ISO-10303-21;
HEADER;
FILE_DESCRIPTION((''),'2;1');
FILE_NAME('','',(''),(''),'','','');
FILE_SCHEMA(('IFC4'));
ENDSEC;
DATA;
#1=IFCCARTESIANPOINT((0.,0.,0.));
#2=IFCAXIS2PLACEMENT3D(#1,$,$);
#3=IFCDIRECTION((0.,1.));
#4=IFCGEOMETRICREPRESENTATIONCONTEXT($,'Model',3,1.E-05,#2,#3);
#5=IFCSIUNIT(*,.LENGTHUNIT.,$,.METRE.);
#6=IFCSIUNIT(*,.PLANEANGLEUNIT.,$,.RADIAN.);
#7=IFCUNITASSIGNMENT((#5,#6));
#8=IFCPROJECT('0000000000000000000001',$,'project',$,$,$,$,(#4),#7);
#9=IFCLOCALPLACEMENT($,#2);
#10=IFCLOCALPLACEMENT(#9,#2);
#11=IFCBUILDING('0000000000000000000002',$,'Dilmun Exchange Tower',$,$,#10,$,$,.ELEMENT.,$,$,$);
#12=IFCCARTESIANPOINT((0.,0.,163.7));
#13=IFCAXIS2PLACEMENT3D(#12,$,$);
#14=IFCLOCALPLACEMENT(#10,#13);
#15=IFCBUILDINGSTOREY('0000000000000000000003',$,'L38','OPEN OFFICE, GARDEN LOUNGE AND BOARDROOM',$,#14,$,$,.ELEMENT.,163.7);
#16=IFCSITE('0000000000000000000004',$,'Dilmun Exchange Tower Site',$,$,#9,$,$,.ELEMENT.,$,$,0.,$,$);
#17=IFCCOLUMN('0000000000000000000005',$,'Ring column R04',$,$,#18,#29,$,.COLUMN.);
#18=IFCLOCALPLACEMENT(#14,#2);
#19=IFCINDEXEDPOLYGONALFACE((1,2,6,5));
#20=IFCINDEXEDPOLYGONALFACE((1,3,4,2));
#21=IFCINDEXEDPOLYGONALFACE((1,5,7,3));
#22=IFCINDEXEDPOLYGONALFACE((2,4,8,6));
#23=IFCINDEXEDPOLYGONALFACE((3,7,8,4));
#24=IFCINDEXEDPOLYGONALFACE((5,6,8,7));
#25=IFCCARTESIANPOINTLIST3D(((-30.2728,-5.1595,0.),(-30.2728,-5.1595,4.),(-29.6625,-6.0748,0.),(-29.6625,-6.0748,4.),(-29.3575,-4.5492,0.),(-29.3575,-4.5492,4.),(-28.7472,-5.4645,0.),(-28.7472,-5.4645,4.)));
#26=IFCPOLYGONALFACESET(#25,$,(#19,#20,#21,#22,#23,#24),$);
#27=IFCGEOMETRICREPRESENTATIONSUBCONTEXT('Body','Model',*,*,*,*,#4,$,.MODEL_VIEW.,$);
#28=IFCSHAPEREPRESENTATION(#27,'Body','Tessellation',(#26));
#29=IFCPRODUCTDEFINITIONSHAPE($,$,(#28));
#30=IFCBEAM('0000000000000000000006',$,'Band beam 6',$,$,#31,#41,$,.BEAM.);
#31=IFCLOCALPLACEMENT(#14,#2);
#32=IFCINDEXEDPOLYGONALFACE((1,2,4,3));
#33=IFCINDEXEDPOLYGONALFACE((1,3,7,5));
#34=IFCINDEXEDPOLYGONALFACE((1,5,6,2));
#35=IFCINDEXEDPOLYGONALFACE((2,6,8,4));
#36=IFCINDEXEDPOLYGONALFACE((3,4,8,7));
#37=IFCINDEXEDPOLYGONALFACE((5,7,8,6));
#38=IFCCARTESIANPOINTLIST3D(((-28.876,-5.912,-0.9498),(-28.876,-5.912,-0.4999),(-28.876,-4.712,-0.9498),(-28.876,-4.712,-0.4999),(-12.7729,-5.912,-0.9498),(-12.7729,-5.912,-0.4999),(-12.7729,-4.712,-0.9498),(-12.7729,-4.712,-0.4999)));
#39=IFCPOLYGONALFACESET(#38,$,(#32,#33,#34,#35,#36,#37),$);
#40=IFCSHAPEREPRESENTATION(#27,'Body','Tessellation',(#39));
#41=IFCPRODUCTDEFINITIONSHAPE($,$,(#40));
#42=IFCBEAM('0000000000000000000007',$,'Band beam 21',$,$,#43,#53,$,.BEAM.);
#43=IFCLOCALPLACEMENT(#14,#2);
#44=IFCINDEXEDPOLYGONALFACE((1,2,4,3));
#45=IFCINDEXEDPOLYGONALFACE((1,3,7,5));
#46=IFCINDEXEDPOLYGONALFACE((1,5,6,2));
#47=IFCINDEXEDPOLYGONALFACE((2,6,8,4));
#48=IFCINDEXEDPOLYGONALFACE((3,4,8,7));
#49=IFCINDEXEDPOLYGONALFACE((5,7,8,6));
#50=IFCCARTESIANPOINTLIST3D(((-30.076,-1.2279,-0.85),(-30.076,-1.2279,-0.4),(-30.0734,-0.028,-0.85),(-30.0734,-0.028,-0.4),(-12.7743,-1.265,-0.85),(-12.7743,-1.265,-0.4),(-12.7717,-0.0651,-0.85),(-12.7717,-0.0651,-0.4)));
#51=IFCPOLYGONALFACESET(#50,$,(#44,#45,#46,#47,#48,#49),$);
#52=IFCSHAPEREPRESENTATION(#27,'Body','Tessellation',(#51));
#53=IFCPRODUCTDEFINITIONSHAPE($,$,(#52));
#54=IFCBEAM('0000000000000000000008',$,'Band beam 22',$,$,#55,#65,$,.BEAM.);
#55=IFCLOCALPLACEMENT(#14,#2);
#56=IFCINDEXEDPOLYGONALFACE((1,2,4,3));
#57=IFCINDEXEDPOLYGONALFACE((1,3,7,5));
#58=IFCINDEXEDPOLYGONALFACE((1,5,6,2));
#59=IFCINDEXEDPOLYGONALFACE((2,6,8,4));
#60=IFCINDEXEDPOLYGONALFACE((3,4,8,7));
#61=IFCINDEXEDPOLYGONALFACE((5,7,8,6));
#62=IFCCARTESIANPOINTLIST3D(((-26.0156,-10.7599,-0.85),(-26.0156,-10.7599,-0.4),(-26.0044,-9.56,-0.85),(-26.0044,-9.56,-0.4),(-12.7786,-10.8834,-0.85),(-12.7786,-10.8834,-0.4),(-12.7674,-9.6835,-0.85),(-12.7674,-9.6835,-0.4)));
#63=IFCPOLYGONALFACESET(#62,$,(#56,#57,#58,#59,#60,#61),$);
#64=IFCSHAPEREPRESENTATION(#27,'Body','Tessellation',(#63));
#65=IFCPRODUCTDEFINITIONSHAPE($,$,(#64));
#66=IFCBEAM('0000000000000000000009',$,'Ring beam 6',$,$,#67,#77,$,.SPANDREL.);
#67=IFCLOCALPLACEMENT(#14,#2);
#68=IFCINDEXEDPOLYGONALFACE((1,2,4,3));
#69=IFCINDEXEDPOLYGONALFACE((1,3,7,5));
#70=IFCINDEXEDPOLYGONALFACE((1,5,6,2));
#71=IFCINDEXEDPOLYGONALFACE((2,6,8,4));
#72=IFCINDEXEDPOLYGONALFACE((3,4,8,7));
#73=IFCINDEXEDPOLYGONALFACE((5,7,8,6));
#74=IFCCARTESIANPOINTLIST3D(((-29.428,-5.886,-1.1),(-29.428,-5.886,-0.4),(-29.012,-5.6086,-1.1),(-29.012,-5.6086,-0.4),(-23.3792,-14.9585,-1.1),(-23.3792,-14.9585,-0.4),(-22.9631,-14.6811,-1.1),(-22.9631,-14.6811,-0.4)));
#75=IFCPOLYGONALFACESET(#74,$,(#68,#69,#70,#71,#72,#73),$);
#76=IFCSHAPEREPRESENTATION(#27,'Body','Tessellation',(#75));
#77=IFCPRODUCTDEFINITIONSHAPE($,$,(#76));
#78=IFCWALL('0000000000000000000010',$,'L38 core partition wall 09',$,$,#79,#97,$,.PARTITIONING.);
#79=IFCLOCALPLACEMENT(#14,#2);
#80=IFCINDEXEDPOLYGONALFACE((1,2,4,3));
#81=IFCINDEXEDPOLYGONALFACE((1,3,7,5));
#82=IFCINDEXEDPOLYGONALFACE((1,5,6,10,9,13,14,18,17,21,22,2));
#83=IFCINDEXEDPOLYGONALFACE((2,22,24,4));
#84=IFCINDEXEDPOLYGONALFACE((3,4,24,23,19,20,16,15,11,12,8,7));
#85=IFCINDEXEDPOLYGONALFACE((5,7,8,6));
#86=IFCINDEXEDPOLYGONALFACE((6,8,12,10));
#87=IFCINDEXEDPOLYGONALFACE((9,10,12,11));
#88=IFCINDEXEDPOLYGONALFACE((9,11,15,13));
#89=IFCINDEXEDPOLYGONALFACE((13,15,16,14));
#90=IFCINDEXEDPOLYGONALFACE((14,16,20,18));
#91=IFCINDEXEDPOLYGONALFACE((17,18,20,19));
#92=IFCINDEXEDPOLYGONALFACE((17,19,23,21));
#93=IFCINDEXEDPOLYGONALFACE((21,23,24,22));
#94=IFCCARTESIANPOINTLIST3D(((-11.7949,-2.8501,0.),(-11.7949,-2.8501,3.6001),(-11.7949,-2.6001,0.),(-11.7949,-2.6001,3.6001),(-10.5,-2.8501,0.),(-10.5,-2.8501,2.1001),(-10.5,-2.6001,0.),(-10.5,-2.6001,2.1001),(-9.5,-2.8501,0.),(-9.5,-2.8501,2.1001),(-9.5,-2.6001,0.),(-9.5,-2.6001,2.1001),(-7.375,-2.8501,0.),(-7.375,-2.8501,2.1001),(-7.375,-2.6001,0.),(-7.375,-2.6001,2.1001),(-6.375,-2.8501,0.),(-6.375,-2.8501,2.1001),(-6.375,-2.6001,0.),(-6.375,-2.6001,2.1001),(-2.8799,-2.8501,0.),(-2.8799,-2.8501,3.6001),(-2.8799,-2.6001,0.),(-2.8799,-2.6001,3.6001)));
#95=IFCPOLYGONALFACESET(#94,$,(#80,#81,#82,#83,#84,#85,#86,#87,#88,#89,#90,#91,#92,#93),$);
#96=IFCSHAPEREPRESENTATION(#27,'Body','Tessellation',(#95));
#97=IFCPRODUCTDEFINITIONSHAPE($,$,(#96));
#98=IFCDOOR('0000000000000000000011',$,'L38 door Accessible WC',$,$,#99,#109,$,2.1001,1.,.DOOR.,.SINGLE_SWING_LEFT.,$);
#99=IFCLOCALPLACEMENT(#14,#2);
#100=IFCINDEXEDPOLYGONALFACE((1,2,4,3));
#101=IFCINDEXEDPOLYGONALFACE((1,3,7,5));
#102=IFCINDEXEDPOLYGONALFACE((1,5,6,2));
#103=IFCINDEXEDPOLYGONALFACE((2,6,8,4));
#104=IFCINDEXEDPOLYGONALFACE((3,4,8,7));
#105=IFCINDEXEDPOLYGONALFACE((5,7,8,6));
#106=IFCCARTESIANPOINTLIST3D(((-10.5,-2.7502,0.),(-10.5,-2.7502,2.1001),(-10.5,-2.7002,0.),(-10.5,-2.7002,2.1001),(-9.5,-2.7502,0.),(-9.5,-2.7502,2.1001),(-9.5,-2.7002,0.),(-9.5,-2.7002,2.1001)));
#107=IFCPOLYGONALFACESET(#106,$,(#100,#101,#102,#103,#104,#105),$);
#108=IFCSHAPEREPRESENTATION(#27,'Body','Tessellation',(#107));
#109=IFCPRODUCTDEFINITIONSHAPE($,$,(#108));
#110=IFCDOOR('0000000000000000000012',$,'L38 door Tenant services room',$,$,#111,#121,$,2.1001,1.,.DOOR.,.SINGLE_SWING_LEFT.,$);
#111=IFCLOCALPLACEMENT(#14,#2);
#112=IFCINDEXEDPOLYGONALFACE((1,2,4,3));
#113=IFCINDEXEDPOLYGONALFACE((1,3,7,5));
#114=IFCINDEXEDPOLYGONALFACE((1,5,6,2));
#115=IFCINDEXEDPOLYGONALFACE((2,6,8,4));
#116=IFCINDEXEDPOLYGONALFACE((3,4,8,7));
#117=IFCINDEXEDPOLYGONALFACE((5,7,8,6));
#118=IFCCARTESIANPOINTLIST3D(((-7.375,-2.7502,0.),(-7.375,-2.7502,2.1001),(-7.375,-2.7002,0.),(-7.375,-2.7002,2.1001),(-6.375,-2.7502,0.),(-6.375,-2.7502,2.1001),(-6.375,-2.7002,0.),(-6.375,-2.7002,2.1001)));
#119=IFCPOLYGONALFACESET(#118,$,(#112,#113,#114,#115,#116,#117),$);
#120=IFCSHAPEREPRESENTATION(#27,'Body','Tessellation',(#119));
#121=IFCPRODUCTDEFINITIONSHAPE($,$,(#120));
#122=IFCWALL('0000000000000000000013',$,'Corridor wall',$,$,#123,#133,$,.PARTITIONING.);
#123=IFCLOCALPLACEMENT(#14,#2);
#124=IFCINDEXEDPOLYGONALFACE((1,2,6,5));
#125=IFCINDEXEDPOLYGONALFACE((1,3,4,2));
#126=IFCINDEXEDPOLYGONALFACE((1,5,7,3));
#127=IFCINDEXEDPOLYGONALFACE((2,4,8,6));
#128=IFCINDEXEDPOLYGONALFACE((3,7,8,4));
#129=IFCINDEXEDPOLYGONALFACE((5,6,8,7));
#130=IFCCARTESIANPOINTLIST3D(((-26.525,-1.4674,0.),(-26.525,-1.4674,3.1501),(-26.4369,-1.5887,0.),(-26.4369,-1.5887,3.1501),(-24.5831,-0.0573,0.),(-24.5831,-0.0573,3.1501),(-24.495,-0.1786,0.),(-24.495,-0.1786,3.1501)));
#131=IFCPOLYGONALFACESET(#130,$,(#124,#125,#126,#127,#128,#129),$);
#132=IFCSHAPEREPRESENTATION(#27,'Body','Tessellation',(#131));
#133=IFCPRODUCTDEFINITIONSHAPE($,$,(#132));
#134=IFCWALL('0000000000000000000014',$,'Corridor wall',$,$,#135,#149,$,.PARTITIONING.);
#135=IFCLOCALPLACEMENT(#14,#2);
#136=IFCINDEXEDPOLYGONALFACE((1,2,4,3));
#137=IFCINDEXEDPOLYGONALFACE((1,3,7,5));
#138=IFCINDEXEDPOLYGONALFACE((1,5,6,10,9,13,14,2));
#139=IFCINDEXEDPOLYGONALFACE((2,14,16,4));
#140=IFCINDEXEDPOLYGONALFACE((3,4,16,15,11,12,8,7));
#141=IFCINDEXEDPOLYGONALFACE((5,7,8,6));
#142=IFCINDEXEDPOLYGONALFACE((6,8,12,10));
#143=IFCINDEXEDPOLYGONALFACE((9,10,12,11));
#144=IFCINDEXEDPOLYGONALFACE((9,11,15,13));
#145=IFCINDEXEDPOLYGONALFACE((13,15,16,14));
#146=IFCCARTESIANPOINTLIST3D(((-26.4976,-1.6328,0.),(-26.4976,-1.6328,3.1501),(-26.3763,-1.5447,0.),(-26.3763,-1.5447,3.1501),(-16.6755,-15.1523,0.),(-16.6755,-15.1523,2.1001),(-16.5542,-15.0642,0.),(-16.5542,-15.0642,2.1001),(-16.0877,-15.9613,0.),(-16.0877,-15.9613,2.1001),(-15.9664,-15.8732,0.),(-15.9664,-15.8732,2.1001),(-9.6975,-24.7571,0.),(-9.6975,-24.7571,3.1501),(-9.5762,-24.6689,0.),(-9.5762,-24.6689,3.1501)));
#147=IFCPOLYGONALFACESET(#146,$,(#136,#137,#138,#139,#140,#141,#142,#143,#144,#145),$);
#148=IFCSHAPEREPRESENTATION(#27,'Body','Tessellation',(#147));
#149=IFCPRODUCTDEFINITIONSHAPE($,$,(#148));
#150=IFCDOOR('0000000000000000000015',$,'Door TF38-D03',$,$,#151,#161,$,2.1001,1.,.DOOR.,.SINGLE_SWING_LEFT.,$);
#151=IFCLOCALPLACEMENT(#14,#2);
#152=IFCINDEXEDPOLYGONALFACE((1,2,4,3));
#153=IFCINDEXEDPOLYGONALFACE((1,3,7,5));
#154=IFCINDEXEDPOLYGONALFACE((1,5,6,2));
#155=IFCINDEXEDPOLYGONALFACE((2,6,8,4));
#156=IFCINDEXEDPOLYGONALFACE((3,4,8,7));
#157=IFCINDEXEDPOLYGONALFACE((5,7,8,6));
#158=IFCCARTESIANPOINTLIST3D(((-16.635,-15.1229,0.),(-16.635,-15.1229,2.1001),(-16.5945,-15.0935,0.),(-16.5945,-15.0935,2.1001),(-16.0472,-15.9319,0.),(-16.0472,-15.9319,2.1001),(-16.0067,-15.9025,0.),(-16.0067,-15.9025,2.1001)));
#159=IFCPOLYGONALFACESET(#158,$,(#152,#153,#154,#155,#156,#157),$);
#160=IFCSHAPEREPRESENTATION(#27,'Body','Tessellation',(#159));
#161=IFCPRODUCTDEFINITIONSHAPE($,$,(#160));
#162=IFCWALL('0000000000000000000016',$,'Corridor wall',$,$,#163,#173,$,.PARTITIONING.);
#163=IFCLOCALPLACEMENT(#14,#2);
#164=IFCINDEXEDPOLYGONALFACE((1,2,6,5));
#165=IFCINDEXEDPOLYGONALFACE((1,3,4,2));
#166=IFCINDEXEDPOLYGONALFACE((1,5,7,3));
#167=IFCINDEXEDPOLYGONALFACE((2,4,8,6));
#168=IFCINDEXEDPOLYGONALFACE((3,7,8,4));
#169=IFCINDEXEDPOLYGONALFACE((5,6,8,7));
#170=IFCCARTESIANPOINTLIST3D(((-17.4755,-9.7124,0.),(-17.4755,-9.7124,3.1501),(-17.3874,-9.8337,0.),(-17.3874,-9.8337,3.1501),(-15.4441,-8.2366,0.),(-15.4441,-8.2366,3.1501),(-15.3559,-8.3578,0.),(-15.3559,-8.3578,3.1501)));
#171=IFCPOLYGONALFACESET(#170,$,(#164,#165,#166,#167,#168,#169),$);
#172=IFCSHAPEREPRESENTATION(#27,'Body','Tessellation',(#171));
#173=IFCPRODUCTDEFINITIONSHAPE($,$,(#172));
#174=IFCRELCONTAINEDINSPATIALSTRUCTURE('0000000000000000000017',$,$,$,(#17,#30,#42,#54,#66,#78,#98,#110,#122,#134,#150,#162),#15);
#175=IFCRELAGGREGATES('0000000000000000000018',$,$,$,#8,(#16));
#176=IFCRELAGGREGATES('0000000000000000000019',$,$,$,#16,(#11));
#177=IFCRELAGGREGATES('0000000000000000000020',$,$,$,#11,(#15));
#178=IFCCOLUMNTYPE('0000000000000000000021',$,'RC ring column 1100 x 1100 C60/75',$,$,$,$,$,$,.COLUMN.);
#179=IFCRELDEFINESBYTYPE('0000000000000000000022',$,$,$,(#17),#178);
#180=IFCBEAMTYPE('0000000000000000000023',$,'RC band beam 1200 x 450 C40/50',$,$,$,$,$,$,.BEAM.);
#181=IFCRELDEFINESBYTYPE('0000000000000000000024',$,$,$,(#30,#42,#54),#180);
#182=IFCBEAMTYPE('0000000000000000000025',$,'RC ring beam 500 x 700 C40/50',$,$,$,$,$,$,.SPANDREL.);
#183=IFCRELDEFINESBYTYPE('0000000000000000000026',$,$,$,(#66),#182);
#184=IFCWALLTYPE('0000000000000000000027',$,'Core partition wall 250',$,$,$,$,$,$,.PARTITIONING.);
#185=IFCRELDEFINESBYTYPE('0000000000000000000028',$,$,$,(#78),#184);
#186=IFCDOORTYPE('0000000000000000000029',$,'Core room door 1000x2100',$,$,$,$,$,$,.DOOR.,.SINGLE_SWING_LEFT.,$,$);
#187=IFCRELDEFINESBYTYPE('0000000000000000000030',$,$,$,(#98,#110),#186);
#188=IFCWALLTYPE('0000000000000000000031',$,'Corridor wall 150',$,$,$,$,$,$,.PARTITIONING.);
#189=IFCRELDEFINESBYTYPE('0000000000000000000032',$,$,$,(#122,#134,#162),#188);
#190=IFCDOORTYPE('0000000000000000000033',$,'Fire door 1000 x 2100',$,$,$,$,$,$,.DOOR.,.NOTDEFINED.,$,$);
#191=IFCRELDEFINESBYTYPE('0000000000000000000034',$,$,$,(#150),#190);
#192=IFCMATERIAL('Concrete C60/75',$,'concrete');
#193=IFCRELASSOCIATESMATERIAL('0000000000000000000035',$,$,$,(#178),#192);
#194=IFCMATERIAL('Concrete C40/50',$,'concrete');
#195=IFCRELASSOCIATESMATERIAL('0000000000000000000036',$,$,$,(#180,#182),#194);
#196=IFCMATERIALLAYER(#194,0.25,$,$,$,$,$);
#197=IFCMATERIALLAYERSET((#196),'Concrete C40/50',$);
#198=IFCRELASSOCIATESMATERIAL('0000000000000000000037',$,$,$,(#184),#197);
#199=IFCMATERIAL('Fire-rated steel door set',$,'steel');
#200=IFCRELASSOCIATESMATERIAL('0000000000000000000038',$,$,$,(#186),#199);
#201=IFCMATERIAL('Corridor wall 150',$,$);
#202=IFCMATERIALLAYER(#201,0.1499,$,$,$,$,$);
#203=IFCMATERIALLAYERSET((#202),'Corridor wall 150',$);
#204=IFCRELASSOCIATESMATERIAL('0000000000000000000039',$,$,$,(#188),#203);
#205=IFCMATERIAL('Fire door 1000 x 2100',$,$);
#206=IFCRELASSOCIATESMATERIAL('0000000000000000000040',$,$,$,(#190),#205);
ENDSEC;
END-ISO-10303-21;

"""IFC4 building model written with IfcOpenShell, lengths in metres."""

from ifc_helpers import new_model, si_unit, direction, frame, frame_2d, origin, origin_2d, place, context, subcontext, project, spatial, rectangle, extrude, material, layer, layer_set, material_profile, profile_set, type_object, element, fill, save


model = new_model("IFC4")

# Units and contexts
model_context = context("Model", 3, precision=1e-05, world=origin(), true_north=direction((0.0, 1.0)))
body_context = subcontext(model_context, "Body", "Model", "MODEL_VIEW")
ifc_project = project(units=[si_unit("LENGTHUNIT", "METRE"), si_unit("PLANEANGLEUNIT", "RADIAN")], contexts=[model_context])

# Site, building, storey
site_placement = place(None, origin())
site = spatial("IfcSite", under=ifc_project, at=site_placement, Name="Dilmun Exchange Tower Site", CompositionType="ELEMENT", RefElevation=0.0)
building_placement = place(site_placement, origin())
building = spatial("IfcBuilding", under=site, at=building_placement, Name="Dilmun Exchange Tower", CompositionType="ELEMENT")
storey_placement = place(building_placement, frame((0.0, 0.0, 163.7)))
storey = spatial("IfcBuildingStorey", under=building, at=storey_placement, Name="L38", Description="OPEN OFFICE, GARDEN LOUNGE AND BOARDROOM", CompositionType="ELEMENT", Elevation=163.7)

# Column
ifc_material_1 = material(Name="Concrete C60/75", Category="concrete")
ifc_material_profile_1 = material_profile(ifc_material_1, rectangle(XDim=1.1001, YDim=1.1001, at=origin_2d()), Name="1100 x 1100")
ifc_profile_set_1 = profile_set([ifc_material_profile_1], Name="Concrete C60/75")
column_type = type_object("IfcColumnType", Name="RC ring column 1100 x 1100 C60/75", PredefinedType="COLUMN", material=ifc_profile_set_1)
column_placement = place(storey_placement, frame((-29.51, -5.312, 0.0), z_axis=(0.0, 0.0, 1.0), x_axis=(0.832029, 0.554733, 0.0)))
element("IfcColumn", 1, at=column_placement, inside=storey, type_object=column_type, Name="Ring column R04", PredefinedType="COLUMN", context=body_context, shape_type="SweptSolid", body=[
    extrude(rectangle(XDim=1.1001, YDim=1.1001, at=origin_2d()), origin(), (0.0, 0.0, 1.0), 4.0),
])

# Beams
ifc_material_2 = material(Name="Concrete C40/50", Category="concrete")
ifc_material_profile_2 = material_profile(ifc_material_2, rectangle(XDim=1.2, YDim=0.45, at=origin_2d()), Name="1200 x 450")
ifc_profile_set_2 = profile_set([ifc_material_profile_2], Name="Concrete C40/50")
beam_type_1 = type_object("IfcBeamType", Name="RC band beam 1200 x 450 C40/50", PredefinedType="BEAM", material=ifc_profile_set_2)
beam_1_placement = place(storey_placement, frame((-28.876, -5.312, -0.7249), z_axis=(1.0, 0.0, 0.0), x_axis=(0.0, 1.0, 0.0)))
element("IfcBeam", 2, at=beam_1_placement, inside=storey, type_object=beam_type_1, Name="Band beam 6", PredefinedType="BEAM", context=body_context, shape_type="SweptSolid", body=[
    extrude(rectangle(XDim=1.2, YDim=0.45, at=origin_2d()), origin(), (0.0, 0.0, 1.0), 16.103),
])
beam_2_placement = place(storey_placement, frame((-30.0747, -0.6279, -0.625), z_axis=(0.999998, -0.002145, 0.0), x_axis=(0.002145, 0.999998, 0.0)))
element("IfcBeam", 3, at=beam_2_placement, inside=storey, type_object=beam_type_1, Name="Band beam 21", PredefinedType="BEAM", context=body_context, shape_type="SweptSolid", body=[
    extrude(rectangle(XDim=1.2, YDim=0.45, at=origin_2d()), origin(), (0.0, 0.0, 1.0), 17.3018),
])
beam_3_placement = place(storey_placement, frame((-26.01, -10.1599, -0.625), z_axis=(0.999956, -0.009332, 0.0), x_axis=(0.009332, 0.999956, 0.0)))
element("IfcBeam", 4, at=beam_3_placement, inside=storey, type_object=beam_type_1, Name="Band beam 22", PredefinedType="BEAM", context=body_context, shape_type="SweptSolid", body=[
    extrude(rectangle(XDim=1.2, YDim=0.45, at=origin_2d()), origin(), (0.0, 0.0, 1.0), 13.2375),
])
ifc_material_profile_3 = material_profile(ifc_material_2, rectangle(XDim=0.5, YDim=0.7, at=origin_2d()), Name="500 x 700")
ifc_profile_set_3 = profile_set([ifc_material_profile_3], Name="Concrete C40/50")
beam_type_2 = type_object("IfcBeamType", Name="RC ring beam 500 x 700 C40/50", PredefinedType="SPANDREL", material=ifc_profile_set_3)
beam_4_placement = place(storey_placement, frame((-29.22, -5.7473, -0.75), z_axis=(0.554731, -0.83203, 0.0), x_axis=(0.83203, 0.554731, 0.0)))
element("IfcBeam", 5, at=beam_4_placement, inside=storey, type_object=beam_type_2, Name="Ring beam 6", PredefinedType="SPANDREL", context=body_context, shape_type="SweptSolid", body=[
    extrude(rectangle(XDim=0.5, YDim=0.7, at=origin_2d()), origin(), (0.0, 0.0, 1.0), 10.9041),
])

# Wall, openings, doors
ifc_layer_1 = layer(ifc_material_2, 0.25)
ifc_layer_set_1 = layer_set([ifc_layer_1], Name="Concrete C40/50")
wall_type_1 = type_object("IfcWallType", Name="Core partition wall 250", PredefinedType="PARTITIONING", material=ifc_layer_set_1)
wall_1_placement = place(storey_placement, frame((-11.7949, -2.7251, 0.0), z_axis=(0.0, 0.0, 1.0), x_axis=(1.0, 0.0, 0.0)))
wall_1 = element("IfcWall", 6, at=wall_1_placement, inside=storey, type_object=wall_type_1, Name="L38 core partition wall 09", PredefinedType="PARTITIONING", context=body_context, shape_type="SweptSolid", body=[
    extrude(rectangle(XDim=8.915, YDim=0.25, at=frame_2d((4.4575, 0.0))), origin(), (0.0, 0.0, 1.0), 3.6001),
])
opening_1_placement = place(wall_1_placement, frame((1.2949, 0.0, 0.0)))
opening_1 = element("IfcOpeningElement", 7, at=opening_1_placement, cuts=wall_1, PredefinedType="OPENING", context=body_context, shape_type="SweptSolid", body=[
    extrude(rectangle(XDim=1.0, YDim=2.1001, at=frame_2d((0.5, 1.05))), frame((0.0, 0.135, 0.0), z_axis=(0.0, -1.0, 0.0), x_axis=(1.0, 0.0, 0.0)), (0.0, 0.0, 1.0), 0.27),
])
opening_2_placement = place(wall_1_placement, frame((4.4199, 0.0, 0.0)))
opening_2 = element("IfcOpeningElement", 8, at=opening_2_placement, cuts=wall_1, PredefinedType="OPENING", context=body_context, shape_type="SweptSolid", body=[
    extrude(rectangle(XDim=1.0, YDim=2.1001, at=frame_2d((0.5, 1.05))), frame((0.0, 0.135, 0.0), z_axis=(0.0, -1.0, 0.0), x_axis=(1.0, 0.0, 0.0)), (0.0, 0.0, 1.0), 0.27),
])
ifc_material_3 = material(Name="Fire-rated steel door set", Category="steel")
door_type_1 = type_object("IfcDoorType", Name="Core room door 1000x2100", OperationType="SINGLE_SWING_LEFT", PredefinedType="DOOR", material=ifc_material_3)
door_1_placement = place(opening_1_placement, origin())
door_1 = element("IfcDoor", 9, at=door_1_placement, inside=storey, type_object=door_type_1, Name="L38 door Accessible WC", OperationType="SINGLE_SWING_LEFT", OverallHeight=2.1001, OverallWidth=1.0, PredefinedType="DOOR", context=body_context, shape_type="SweptSolid", body=[
    extrude(rectangle(XDim=1.0, YDim=2.1001, at=frame_2d((0.5, 1.05))), frame((0.0, 0.0249, 0.0), z_axis=(0.0, -1.0, 0.0), x_axis=(1.0, 0.0, 0.0)), (0.0, 0.0, 1.0), 0.05),
])
fill(opening_1, door_1)
door_2_placement = place(opening_2_placement, origin())
door_2 = element("IfcDoor", 10, at=door_2_placement, inside=storey, type_object=door_type_1, Name="L38 door Tenant services room", OperationType="SINGLE_SWING_LEFT", OverallHeight=2.1001, OverallWidth=1.0, PredefinedType="DOOR", context=body_context, shape_type="SweptSolid", body=[
    extrude(rectangle(XDim=1.0, YDim=2.1001, at=frame_2d((0.5, 1.05))), frame((0.0, 0.0249, 0.0), z_axis=(0.0, -1.0, 0.0), x_axis=(1.0, 0.0, 0.0)), (0.0, 0.0, 1.0), 0.05),
])
fill(opening_2, door_2)

# Wall
ifc_material_4 = material(Name="Corridor wall 150")
ifc_layer_2 = layer(ifc_material_4, 0.1499)
ifc_layer_set_2 = layer_set([ifc_layer_2], Name="Corridor wall 150")
wall_type_2 = type_object("IfcWallType", Name="Corridor wall 150", PredefinedType="PARTITIONING", material=ifc_layer_set_2)
wall_2_placement = place(storey_placement, frame((-26.481, -1.5281, 0.0), z_axis=(0.0, 0.0, 1.0), x_axis=(0.809158, 0.587591, 0.0)))
element("IfcWall", 11, at=wall_2_placement, inside=storey, type_object=wall_type_2, Name="Corridor wall", PredefinedType="PARTITIONING", context=body_context, shape_type="SweptSolid", body=[
    extrude(rectangle(XDim=2.3999, YDim=0.1499, at=frame_2d((1.2, 0.0))), origin(), (0.0, 0.0, 1.0), 3.1501),
])

# Wall, opening, door
wall_3_placement = place(storey_placement, frame((-26.437, -1.5886, 0.0), z_axis=(0.0, 0.0, 1.0), x_axis=(0.587769, -0.809029, 0.0)))
wall_3 = element("IfcWall", 12, at=wall_3_placement, inside=storey, type_object=wall_type_2, Name="Corridor wall", PredefinedType="PARTITIONING", context=body_context, shape_type="SweptSolid", body=[
    extrude(rectangle(XDim=28.5828, YDim=0.1499, at=frame_2d((14.2915, 0.0))), origin(), (0.0, 0.0, 1.0), 3.1501),
])
opening_3_placement = place(wall_3_placement, frame((16.7109, 0.0, 0.0)))
opening_3 = element("IfcOpeningElement", 13, at=opening_3_placement, cuts=wall_3, PredefinedType="OPENING", context=body_context, shape_type="SweptSolid", body=[
    extrude(rectangle(XDim=1.0, YDim=2.1001, at=frame_2d((0.5, 1.05))), frame((0.0, 0.085, 0.0), z_axis=(0.0, -1.0, 0.0), x_axis=(1.0, 0.0, 0.0)), (0.0, 0.0, 1.0), 0.1699),
])
ifc_material_5 = material(Name="Fire door 1000 x 2100")
door_type_2 = type_object("IfcDoorType", Name="Fire door 1000 x 2100", OperationType="NOTDEFINED", PredefinedType="DOOR", material=ifc_material_5)
door_3_placement = place(opening_3_placement, frame((1.0, 0.0, 0.0), z_axis=(0.0, 0.0, 1.0), x_axis=(-1.0, 0.0, 0.0)))
door_3 = element("IfcDoor", 14, at=door_3_placement, inside=storey, type_object=door_type_2, Name="Door TF38-D03", OperationType="SINGLE_SWING_LEFT", OverallHeight=2.1001, OverallWidth=1.0, PredefinedType="DOOR", context=body_context, shape_type="SweptSolid", body=[
    extrude(rectangle(XDim=1.0, YDim=2.1001, at=frame_2d((0.5, 1.05))), frame((0.0, 0.0249, 0.0), z_axis=(0.0, -1.0, 0.0), x_axis=(1.0, 0.0, 0.0)), (0.0, 0.0, 1.0), 0.05),
])
fill(opening_3, door_3)

# Wall
wall_4_placement = place(storey_placement, frame((-17.4314, -9.7729, 0.0), z_axis=(0.0, 0.0, 1.0), x_axis=(0.809043, 0.58775, 0.0)))
element("IfcWall", 15, at=wall_4_placement, inside=storey, type_object=wall_type_2, Name="Corridor wall", PredefinedType="PARTITIONING", context=body_context, shape_type="SweptSolid", body=[
    extrude(rectangle(XDim=2.511, YDim=0.1499, at=frame_2d((1.2554, 0.0))), origin(), (0.0, 0.0, 1.0), 3.1501),
])

save(model, "model.ifc")
